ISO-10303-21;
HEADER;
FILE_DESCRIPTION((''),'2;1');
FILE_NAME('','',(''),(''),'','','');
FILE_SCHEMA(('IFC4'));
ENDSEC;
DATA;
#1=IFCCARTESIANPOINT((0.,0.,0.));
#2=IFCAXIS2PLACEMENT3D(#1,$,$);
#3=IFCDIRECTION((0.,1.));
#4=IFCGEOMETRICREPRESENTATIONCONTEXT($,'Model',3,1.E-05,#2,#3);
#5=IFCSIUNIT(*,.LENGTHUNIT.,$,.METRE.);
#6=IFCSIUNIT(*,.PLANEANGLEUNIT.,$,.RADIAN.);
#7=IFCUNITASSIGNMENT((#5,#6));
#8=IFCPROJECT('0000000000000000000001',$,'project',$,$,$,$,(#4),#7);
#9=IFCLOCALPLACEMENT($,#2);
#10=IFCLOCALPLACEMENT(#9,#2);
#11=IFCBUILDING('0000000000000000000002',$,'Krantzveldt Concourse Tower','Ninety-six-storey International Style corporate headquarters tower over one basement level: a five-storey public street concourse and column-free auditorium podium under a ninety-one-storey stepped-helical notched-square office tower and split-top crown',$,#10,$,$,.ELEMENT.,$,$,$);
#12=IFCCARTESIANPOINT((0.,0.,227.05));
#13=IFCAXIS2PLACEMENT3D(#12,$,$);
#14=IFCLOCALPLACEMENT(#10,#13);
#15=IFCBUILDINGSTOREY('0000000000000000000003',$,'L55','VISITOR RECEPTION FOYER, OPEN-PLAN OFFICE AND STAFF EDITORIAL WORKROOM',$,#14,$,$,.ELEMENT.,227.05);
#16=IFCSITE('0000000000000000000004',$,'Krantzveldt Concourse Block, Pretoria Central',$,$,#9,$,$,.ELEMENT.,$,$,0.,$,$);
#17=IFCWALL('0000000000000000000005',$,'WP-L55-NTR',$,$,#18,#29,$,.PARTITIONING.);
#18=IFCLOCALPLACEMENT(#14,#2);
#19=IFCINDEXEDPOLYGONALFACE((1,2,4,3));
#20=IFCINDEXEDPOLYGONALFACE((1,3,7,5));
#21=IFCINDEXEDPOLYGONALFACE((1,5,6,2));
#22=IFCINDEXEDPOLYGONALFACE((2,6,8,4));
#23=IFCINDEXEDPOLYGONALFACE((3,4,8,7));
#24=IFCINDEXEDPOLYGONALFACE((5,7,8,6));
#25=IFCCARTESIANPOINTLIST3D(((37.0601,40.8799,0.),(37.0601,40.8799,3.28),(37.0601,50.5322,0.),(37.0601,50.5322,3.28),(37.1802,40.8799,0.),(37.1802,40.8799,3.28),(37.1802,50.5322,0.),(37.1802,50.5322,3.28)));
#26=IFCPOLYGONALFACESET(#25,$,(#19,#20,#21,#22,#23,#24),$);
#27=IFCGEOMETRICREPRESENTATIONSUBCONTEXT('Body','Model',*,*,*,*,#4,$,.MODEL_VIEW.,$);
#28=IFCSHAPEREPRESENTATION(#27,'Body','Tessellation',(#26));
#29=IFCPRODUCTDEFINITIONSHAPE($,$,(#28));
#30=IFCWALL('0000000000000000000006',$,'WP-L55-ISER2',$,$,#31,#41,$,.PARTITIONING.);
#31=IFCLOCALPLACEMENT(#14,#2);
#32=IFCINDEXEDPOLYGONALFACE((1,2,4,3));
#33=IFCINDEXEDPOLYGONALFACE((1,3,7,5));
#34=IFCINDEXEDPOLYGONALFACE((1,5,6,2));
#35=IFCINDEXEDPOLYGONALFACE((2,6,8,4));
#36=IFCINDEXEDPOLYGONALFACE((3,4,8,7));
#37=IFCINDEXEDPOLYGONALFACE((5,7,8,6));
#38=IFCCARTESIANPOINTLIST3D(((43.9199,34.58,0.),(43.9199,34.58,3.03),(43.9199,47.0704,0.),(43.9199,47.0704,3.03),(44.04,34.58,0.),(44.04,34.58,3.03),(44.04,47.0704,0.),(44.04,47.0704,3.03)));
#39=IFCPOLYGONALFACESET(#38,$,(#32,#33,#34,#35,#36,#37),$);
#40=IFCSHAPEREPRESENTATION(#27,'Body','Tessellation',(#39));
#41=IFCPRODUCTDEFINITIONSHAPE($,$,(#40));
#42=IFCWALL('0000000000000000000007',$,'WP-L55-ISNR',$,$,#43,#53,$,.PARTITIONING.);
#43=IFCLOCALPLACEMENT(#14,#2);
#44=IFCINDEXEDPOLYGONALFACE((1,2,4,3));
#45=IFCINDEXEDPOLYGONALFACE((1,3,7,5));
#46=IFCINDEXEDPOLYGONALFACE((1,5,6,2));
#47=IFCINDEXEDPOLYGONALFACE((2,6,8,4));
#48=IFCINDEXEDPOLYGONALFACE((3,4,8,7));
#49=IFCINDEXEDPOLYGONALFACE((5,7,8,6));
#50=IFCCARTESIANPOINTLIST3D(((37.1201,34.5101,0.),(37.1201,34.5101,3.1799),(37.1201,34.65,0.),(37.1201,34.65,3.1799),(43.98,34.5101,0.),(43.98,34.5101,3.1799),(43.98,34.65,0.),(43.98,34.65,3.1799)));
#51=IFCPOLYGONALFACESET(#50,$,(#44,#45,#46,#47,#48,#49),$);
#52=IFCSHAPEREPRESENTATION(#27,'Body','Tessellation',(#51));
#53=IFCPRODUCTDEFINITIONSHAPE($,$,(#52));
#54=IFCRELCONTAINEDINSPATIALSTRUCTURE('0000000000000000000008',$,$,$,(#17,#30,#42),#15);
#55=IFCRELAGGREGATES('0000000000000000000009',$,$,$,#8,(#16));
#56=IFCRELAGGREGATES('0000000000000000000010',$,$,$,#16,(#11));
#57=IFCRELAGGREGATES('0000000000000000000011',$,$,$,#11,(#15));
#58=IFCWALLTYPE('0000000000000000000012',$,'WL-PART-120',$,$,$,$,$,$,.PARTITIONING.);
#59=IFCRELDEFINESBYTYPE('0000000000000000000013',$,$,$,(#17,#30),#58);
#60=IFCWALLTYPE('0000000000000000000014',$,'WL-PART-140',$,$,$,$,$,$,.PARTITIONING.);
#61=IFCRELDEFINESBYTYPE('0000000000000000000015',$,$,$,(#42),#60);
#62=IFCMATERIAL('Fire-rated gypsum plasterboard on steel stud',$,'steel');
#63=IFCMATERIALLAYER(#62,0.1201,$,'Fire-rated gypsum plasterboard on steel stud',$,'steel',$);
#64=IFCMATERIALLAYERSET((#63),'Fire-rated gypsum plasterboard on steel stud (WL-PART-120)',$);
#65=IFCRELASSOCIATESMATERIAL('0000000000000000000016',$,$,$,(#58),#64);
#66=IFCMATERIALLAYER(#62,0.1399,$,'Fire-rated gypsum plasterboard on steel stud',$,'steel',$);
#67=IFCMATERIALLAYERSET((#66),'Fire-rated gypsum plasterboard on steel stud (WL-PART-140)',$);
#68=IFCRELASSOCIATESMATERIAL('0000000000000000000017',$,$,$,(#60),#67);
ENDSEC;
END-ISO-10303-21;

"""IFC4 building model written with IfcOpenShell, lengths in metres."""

from ifc_helpers import new_model, si_unit, direction, frame, frame_2d, origin, place, context, subcontext, project, spatial, rectangle, extrude, material, layer, layer_set, type_object, element, save


model = new_model("IFC4")

# Units and contexts
model_context = context("Model", 3, precision=1e-05, world=origin(), true_north=direction((0.0, 1.0)))
body_context = subcontext(model_context, "Body", "Model", "MODEL_VIEW")
ifc_project = project(units=[si_unit("LENGTHUNIT", "METRE"), si_unit("PLANEANGLEUNIT", "RADIAN")], contexts=[model_context])

# Site, building, storey
site_placement = place(None, origin())
site = spatial("IfcSite", under=ifc_project, at=site_placement, Name="Krantzveldt Concourse Block, Pretoria Central", CompositionType="ELEMENT", RefElevation=0.0)
building_placement = place(site_placement, origin())
building = spatial("IfcBuilding", under=site, at=building_placement, Name="Krantzveldt Concourse Tower", Description="Ninety-six-storey International Style corporate headquarters tower over one basement level: a five-storey public street concourse and column-free auditorium podium under a ninety-one-storey stepped-helical notched-square office tower and split-top crown", CompositionType="ELEMENT")
storey_placement = place(building_placement, frame((0.0, 0.0, 227.05)))
storey = spatial("IfcBuildingStorey", under=building, at=storey_placement, Name="L55", Description="VISITOR RECEPTION FOYER, OPEN-PLAN OFFICE AND STAFF EDITORIAL WORKROOM", CompositionType="ELEMENT", Elevation=227.05)

# Walls
ifc_material_1 = material(Name="Fire-rated gypsum plasterboard on steel stud", Category="steel")
ifc_layer_1 = layer(ifc_material_1, 0.1201, Name="Fire-rated gypsum plasterboard on steel stud", Category="steel")
ifc_layer_set_1 = layer_set([ifc_layer_1], Name="Fire-rated gypsum plasterboard on steel stud (WL-PART-120)")
wall_type_1 = type_object("IfcWallType", Name="WL-PART-120", PredefinedType="PARTITIONING", material=ifc_layer_set_1)
wall_1_placement = place(storey_placement, frame((37.1201, 40.8799, 0.0), z_axis=(0.0, 0.0, 1.0), x_axis=(0.0, 1.0, 0.0)))
element("IfcWall", 1, at=wall_1_placement, inside=storey, type_object=wall_type_1, Name="WP-L55-NTR", PredefinedType="PARTITIONING", context=body_context, shape_type="SweptSolid", body=[
    extrude(rectangle(XDim=9.6523, YDim=0.1201, at=frame_2d((4.8262, 0.0))), origin(), (0.0, 0.0, 1.0), 3.28),
])
wall_2_placement = place(storey_placement, frame((43.98, 34.5801, 0.0), z_axis=(0.0, 0.0, 1.0), x_axis=(0.0, 1.0, 0.0)))
element("IfcWall", 2, at=wall_2_placement, inside=storey, type_object=wall_type_1, Name="WP-L55-ISER2", PredefinedType="PARTITIONING", context=body_context, shape_type="SweptSolid", body=[
    extrude(rectangle(XDim=12.4905, YDim=0.1201, at=frame_2d((6.2451, 0.0))), origin(), (0.0, 0.0, 1.0), 3.03),
])
ifc_layer_2 = layer(ifc_material_1, 0.1399, Name="Fire-rated gypsum plasterboard on steel stud", Category="steel")
ifc_layer_set_2 = layer_set([ifc_layer_2], Name="Fire-rated gypsum plasterboard on steel stud (WL-PART-140)")
wall_type_2 = type_object("IfcWallType", Name="WL-PART-140", PredefinedType="PARTITIONING", material=ifc_layer_set_2)
wall_3_placement = place(storey_placement, frame((37.1201, 34.5801, 0.0), z_axis=(0.0, 0.0, 1.0), x_axis=(1.0, 0.0, 0.0)))
element("IfcWall", 3, at=wall_3_placement, inside=storey, type_object=wall_type_2, Name="WP-L55-ISNR", PredefinedType="PARTITIONING", context=body_context, shape_type="SweptSolid", body=[
    extrude(rectangle(XDim=6.8599, YDim=0.1399, at=frame_2d((3.4299, 0.0))), origin(), (0.0, 0.0, 1.0), 3.1799),
])

save(model, "model.ifc")
